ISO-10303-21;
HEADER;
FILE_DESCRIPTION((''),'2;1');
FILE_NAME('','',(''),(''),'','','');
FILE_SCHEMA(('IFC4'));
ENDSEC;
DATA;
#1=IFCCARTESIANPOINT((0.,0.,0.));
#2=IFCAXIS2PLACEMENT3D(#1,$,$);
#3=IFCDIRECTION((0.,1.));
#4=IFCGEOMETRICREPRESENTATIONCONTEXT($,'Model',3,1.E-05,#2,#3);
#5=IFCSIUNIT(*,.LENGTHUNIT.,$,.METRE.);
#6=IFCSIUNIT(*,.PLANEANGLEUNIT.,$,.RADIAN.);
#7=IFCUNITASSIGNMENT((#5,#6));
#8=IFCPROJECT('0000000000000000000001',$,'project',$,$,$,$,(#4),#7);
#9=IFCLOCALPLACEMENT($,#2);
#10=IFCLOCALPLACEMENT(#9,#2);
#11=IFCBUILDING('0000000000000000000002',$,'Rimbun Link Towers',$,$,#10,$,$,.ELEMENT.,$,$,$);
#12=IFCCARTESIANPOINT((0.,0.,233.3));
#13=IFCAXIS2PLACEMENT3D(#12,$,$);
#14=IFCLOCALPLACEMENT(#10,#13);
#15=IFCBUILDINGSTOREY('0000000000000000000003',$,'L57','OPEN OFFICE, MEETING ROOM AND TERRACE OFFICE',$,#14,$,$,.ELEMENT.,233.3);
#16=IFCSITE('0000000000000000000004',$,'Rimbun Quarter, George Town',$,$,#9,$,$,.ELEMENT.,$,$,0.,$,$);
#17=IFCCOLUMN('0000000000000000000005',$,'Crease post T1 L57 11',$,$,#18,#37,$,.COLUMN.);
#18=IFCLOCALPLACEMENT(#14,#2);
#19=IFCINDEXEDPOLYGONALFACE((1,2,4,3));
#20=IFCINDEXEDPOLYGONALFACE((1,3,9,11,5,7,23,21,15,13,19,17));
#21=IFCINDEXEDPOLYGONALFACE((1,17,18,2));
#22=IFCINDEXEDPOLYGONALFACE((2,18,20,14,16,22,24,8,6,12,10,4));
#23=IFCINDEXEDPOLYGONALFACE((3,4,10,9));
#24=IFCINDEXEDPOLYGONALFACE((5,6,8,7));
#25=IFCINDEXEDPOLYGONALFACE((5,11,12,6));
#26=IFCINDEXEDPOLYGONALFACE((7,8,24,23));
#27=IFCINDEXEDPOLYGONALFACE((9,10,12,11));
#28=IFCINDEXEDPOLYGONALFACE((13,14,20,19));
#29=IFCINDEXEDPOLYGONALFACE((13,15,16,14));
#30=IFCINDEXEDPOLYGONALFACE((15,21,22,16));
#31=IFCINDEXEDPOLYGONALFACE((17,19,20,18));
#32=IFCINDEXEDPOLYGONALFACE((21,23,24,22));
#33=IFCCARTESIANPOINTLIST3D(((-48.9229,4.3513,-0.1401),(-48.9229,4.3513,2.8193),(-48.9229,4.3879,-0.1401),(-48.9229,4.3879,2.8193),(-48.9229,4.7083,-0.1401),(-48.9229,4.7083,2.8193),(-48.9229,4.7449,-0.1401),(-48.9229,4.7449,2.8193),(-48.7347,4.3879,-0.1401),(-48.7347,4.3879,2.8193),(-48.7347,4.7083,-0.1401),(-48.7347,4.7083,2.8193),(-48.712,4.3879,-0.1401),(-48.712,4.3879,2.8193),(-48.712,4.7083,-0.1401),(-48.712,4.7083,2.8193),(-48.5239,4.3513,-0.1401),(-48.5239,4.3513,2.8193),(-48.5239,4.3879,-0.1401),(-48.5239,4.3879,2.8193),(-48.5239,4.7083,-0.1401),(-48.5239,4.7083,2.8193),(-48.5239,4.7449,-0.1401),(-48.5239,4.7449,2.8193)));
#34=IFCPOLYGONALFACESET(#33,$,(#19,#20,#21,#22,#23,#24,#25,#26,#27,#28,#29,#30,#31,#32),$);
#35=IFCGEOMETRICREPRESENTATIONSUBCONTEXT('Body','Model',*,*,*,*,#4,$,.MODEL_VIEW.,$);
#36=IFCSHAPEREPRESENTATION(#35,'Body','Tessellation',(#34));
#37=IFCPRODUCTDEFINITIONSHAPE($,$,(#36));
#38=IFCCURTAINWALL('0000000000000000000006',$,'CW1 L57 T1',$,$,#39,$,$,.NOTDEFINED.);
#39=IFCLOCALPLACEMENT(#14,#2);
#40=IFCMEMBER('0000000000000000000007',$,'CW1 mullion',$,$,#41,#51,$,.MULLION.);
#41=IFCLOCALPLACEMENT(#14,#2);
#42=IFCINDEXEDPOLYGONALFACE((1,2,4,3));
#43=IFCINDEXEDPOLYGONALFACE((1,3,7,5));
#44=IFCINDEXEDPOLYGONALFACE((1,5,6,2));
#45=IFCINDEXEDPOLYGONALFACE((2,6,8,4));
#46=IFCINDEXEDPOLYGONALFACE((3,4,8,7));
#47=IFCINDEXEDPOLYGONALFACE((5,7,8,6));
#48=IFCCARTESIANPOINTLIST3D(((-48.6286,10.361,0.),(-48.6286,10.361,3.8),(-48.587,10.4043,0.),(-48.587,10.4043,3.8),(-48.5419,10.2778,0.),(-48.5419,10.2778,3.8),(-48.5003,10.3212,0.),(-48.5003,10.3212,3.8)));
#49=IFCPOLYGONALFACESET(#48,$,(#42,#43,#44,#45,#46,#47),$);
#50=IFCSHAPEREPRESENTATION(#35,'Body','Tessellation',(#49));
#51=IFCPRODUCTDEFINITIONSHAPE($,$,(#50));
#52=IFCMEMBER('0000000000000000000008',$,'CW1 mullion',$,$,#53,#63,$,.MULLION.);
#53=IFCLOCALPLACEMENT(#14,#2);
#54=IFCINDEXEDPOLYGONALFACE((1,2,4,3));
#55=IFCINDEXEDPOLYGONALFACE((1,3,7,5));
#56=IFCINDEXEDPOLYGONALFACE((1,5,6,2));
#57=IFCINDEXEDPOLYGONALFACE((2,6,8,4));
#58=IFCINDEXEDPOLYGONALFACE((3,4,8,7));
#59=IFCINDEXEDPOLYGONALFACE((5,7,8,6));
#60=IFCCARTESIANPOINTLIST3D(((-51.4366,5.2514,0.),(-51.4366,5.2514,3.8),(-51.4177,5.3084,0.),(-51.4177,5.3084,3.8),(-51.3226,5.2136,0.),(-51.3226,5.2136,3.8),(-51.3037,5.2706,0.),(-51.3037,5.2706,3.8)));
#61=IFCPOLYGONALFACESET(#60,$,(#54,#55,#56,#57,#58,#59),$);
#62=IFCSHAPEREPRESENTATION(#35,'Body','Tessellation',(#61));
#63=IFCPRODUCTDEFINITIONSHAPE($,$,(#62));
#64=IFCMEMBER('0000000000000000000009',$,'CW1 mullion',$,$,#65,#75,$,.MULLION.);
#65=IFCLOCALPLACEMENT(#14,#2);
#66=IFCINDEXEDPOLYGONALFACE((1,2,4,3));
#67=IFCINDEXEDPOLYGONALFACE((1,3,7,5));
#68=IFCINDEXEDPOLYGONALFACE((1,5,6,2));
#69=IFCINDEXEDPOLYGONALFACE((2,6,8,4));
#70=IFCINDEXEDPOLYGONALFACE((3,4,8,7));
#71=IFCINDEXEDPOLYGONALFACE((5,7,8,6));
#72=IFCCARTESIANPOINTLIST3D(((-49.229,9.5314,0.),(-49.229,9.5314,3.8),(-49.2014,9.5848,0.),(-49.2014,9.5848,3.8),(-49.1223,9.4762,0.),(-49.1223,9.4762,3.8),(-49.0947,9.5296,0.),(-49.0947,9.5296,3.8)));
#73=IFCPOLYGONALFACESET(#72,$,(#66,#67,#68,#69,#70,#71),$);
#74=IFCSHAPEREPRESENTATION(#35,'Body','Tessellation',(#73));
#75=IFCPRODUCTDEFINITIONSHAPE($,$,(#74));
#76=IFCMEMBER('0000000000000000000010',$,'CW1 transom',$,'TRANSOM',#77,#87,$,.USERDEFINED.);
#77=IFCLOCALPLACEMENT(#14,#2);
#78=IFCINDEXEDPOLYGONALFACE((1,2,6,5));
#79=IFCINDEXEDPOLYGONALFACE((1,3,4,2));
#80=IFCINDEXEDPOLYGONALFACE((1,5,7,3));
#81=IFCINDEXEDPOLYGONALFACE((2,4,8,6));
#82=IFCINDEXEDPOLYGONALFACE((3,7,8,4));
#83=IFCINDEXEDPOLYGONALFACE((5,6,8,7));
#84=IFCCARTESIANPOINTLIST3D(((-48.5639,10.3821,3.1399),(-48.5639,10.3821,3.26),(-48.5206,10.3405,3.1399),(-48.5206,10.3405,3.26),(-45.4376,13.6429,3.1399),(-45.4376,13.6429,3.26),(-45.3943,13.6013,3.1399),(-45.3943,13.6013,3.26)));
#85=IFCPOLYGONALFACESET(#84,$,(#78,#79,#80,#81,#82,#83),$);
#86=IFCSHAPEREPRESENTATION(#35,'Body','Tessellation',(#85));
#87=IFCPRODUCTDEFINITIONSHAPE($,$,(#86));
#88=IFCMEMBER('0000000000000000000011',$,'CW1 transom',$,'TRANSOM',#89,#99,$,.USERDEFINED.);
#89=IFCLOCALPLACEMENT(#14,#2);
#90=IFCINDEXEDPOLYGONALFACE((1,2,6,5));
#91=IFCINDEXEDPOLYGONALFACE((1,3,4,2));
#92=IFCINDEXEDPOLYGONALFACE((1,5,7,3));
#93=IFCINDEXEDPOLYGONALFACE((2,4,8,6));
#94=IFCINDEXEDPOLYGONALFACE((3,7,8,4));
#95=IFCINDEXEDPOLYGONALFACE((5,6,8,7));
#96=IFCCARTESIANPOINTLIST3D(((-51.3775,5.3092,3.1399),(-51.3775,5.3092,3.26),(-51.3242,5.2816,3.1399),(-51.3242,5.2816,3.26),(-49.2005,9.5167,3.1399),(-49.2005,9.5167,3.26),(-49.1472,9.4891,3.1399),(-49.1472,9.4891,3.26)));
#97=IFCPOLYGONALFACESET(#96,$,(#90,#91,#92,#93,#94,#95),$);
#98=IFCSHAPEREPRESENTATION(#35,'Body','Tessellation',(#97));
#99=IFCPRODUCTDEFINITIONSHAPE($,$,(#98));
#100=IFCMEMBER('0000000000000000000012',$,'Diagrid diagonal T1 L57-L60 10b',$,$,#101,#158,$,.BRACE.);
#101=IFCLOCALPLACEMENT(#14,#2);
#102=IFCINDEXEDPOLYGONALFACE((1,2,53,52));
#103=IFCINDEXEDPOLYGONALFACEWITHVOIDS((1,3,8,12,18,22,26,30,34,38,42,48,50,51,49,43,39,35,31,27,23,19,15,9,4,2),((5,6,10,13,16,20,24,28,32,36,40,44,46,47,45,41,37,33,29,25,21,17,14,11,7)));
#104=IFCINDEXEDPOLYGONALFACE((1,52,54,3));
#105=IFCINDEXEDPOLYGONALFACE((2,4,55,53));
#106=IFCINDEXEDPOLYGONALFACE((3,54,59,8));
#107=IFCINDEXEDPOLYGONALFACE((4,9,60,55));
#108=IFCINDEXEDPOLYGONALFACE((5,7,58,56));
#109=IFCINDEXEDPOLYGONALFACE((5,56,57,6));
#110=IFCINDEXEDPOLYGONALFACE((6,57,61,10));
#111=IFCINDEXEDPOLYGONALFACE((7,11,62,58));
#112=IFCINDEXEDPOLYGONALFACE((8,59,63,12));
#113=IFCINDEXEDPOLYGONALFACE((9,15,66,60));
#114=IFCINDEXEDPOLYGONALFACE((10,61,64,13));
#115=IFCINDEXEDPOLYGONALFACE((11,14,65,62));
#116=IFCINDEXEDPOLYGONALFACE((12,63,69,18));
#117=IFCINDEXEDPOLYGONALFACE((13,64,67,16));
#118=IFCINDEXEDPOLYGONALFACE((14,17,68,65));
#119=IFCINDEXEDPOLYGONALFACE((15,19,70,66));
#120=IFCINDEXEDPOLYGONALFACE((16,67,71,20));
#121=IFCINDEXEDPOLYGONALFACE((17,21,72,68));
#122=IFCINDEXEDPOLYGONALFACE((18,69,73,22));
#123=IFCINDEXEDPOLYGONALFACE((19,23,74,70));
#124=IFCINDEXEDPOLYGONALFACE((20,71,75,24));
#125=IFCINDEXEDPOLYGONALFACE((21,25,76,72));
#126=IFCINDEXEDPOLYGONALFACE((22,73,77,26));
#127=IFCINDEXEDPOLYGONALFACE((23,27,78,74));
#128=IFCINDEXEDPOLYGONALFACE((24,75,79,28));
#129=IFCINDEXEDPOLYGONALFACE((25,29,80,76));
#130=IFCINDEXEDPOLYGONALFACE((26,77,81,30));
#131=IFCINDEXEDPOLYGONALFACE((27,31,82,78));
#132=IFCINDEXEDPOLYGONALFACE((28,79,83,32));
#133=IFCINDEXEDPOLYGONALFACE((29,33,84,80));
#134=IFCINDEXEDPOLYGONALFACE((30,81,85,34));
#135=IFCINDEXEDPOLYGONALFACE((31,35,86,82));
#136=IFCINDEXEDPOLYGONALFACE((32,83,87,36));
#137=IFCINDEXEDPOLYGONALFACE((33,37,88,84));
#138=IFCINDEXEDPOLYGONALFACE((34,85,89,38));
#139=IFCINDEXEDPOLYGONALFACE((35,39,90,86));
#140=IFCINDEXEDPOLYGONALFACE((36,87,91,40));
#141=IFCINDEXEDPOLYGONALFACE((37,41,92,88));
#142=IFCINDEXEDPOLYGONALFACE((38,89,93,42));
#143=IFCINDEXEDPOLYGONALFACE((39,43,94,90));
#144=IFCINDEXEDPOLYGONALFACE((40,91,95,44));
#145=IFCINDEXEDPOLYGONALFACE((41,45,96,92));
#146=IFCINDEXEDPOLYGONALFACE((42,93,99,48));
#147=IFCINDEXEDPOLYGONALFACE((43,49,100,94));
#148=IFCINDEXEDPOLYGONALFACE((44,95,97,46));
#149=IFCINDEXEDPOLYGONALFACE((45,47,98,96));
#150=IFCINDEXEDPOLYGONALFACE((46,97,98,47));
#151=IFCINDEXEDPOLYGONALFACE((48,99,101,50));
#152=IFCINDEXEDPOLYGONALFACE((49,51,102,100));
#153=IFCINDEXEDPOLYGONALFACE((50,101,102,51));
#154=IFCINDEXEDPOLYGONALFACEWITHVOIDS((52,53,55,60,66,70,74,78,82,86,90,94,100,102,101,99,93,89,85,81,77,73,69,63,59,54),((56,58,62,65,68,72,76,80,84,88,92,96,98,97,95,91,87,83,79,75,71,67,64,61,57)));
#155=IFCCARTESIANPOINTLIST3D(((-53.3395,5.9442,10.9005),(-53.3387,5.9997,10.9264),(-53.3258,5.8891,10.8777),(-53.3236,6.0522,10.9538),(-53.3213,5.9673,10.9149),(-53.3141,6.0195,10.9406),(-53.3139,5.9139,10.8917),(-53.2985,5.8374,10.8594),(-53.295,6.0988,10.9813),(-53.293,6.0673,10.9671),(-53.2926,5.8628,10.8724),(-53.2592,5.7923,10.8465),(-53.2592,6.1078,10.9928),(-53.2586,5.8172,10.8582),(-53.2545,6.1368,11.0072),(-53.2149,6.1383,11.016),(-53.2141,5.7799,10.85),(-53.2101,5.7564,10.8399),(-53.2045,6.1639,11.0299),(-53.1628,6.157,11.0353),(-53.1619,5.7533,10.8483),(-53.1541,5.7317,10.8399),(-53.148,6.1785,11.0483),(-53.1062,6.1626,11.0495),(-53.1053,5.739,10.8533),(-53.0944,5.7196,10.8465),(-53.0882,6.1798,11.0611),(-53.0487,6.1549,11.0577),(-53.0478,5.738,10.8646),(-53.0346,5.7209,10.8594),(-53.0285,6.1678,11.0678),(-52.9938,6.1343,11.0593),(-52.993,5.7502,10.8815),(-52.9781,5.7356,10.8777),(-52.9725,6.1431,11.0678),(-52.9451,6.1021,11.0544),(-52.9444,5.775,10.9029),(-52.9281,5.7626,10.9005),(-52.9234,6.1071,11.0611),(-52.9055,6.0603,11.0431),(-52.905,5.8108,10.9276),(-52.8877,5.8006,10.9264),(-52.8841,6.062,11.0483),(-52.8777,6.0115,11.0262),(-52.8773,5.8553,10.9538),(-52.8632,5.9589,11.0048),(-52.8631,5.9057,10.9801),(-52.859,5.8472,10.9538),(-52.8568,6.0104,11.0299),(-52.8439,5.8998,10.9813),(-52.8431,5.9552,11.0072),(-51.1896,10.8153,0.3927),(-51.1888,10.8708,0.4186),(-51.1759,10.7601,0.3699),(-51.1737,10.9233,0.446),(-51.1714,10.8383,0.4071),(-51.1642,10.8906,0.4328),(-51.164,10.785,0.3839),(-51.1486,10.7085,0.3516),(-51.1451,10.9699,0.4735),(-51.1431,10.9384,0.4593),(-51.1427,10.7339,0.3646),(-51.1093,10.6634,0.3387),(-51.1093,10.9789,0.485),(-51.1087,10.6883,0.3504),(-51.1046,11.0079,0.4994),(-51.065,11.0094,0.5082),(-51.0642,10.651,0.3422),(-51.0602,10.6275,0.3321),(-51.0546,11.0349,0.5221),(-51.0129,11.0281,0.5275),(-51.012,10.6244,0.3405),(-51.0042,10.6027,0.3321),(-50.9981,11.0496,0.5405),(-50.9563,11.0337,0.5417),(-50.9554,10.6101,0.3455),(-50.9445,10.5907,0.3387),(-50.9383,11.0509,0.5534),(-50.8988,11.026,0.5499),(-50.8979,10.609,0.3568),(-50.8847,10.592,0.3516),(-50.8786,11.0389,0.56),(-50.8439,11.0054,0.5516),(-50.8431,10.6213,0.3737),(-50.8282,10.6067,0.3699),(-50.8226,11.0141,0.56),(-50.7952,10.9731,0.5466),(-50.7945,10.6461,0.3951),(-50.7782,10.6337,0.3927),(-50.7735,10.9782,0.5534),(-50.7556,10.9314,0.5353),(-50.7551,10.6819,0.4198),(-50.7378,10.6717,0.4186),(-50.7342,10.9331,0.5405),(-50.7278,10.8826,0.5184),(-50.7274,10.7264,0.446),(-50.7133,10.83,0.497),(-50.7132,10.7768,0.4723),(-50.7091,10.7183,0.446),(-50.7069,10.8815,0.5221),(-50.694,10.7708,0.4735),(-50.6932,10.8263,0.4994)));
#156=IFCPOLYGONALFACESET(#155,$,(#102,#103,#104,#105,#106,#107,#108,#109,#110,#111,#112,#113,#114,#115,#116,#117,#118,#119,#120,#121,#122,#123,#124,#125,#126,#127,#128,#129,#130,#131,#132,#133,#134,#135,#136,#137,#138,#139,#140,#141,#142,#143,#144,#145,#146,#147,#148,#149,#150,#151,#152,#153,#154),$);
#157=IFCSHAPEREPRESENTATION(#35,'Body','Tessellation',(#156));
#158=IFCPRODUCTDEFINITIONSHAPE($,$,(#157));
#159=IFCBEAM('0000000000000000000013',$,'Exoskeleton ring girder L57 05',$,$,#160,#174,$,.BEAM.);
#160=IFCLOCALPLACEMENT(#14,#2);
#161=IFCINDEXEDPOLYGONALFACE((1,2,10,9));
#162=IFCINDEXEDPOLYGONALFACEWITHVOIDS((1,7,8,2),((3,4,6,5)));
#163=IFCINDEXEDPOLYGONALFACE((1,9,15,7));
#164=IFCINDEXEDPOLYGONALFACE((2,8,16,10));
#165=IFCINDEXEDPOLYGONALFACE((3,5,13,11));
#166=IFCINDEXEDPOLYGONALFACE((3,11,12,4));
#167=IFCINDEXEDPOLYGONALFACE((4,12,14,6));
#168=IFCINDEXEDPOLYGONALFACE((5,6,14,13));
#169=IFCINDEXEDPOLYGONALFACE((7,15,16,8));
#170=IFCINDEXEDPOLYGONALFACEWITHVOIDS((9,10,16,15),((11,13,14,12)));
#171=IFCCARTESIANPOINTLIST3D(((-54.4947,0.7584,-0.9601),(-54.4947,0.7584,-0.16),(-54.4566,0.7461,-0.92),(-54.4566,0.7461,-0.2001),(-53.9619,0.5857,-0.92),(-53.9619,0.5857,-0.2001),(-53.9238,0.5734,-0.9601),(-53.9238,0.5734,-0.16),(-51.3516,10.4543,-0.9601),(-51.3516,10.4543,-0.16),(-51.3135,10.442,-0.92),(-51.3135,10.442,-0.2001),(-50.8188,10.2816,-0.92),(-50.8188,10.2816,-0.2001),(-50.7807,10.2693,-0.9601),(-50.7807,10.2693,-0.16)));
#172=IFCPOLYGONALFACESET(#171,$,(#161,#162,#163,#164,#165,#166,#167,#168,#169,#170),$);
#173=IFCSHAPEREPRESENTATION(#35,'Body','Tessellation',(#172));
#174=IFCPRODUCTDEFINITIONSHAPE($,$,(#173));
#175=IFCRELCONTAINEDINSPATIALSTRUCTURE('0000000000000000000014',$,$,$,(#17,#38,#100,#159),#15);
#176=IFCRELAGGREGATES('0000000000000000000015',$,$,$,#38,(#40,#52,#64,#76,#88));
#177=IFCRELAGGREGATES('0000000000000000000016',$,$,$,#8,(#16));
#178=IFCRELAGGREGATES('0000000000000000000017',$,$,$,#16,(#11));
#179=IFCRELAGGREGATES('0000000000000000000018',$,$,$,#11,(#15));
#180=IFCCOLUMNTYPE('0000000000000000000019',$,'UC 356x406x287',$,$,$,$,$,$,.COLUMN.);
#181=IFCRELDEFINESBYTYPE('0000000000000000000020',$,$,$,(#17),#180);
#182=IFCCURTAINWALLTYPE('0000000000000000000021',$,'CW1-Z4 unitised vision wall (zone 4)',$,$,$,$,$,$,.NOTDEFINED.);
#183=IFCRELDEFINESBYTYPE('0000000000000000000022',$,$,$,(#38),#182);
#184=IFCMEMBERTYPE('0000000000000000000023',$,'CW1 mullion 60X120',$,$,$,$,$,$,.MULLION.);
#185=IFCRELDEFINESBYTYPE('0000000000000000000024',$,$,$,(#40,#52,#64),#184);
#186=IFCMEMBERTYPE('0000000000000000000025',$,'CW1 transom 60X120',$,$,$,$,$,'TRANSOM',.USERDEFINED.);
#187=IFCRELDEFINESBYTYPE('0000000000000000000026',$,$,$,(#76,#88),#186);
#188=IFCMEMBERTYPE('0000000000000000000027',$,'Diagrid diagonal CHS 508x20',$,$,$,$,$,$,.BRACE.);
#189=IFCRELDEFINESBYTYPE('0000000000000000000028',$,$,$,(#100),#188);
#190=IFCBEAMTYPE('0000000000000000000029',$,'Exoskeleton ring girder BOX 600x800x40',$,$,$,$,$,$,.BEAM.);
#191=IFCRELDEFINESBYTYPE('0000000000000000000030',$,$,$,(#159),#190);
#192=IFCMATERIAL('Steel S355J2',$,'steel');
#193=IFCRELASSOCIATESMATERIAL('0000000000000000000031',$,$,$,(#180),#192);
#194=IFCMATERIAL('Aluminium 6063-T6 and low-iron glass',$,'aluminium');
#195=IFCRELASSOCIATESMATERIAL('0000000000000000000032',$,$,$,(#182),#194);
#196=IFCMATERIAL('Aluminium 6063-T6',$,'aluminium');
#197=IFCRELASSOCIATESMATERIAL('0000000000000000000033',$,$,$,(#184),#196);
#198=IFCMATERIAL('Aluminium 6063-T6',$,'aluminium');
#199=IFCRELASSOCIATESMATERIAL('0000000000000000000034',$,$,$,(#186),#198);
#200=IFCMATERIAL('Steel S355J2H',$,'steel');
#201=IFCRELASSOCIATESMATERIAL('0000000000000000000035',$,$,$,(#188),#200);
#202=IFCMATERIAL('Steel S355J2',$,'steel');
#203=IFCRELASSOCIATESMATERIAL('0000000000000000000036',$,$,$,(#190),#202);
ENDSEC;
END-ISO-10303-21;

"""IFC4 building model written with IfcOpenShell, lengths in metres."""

from ifc_helpers import new_model, si_unit, direction, frame, origin, origin_2d, place, context, subcontext, project, spatial, rectangle, hollow_rectangle, hollow_circle, i_section, extrude, material, material_profile, profile_set, type_object, element, aggregate, save


model = new_model("IFC4")

# Units and contexts
model_context = context("Model", 3, precision=1e-05, world=origin(), true_north=direction((0.0, 1.0)))
body_context = subcontext(model_context, "Body", "Model", "MODEL_VIEW")
ifc_project = project(units=[si_unit("LENGTHUNIT", "METRE"), si_unit("PLANEANGLEUNIT", "RADIAN")], contexts=[model_context])

# Site, building, storey
site_placement = place(None, origin())
site = spatial("IfcSite", under=ifc_project, at=site_placement, Name="Rimbun Quarter, George Town", CompositionType="ELEMENT", RefElevation=0.0)
building_placement = place(site_placement, origin())
building = spatial("IfcBuilding", under=site, at=building_placement, Name="Rimbun Link Towers", CompositionType="ELEMENT")
storey_placement = place(building_placement, frame((0.0, 0.0, 233.3)))
storey = spatial("IfcBuildingStorey", under=building, at=storey_placement, Name="L57", Description="OPEN OFFICE, MEETING ROOM AND TERRACE OFFICE", CompositionType="ELEMENT", Elevation=233.3)

# Column
ifc_material_1 = material(Name="Steel S355J2", Category="steel")
ifc_material_profile_1 = material_profile(ifc_material_1, i_section(OverallWidth=0.3989, OverallDepth=0.3936, WebThickness=0.0227, FlangeThickness=0.0366, at=origin_2d()), Name="UC 356x406x287")
ifc_profile_set_1 = profile_set([ifc_material_profile_1], Name="Steel S355J2")
column_type = type_object("IfcColumnType", Name="UC 356x406x287", PredefinedType="COLUMN", material=ifc_profile_set_1)
column_placement = place(storey_placement, frame((-48.7234, 4.5481, -0.1401), z_axis=(0.0, 0.0, 1.0), x_axis=(1.0, 0.0, 0.0)))
element("IfcColumn", 1, at=column_placement, inside=storey, type_object=column_type, Name="Crease post T1 L57 11", PredefinedType="COLUMN", context=body_context, shape_type="SweptSolid", body=[
    extrude(i_section(OverallWidth=0.3989, OverallDepth=0.3936, WebThickness=0.0227, FlangeThickness=0.0366, at=origin_2d()), origin(), (0.0, 0.0, 1.0), 2.9595),
])

# Curtain wall, members
ifc_material_2 = material(Name="Aluminium 6063-T6 and low-iron glass", Category="aluminium")
curtain_wall_type = type_object("IfcCurtainWallType", Name="CW1-Z4 unitised vision wall (zone 4)", PredefinedType="NOTDEFINED", material=ifc_material_2)
curtain_wall_placement = place(storey_placement, origin())
curtain_wall = element("IfcCurtainWall", 2, at=curtain_wall_placement, inside=storey, type_object=curtain_wall_type, Name="CW1 L57 T1", PredefinedType="NOTDEFINED")
ifc_material_3 = material(Name="Aluminium 6063-T6", Category="aluminium")
ifc_material_profile_2 = material_profile(ifc_material_3, rectangle(XDim=0.1201, YDim=0.0601, at=origin_2d()), Name="MULLION 60X120")
ifc_profile_set_2 = profile_set([ifc_material_profile_2], Name="Aluminium 6063-T6")
member_type_1 = type_object("IfcMemberType", Name="CW1 mullion 60X120", PredefinedType="MULLION", material=ifc_profile_set_2)
member_1_placement = place(storey_placement, frame((-48.5645, 10.3411, 0.0), z_axis=(0.0, 0.0, 1.0), x_axis=(-0.721842, 0.692058, 0.0)))
member_1 = element("IfcMember", 3, at=member_1_placement, type_object=member_type_1, Name="CW1 mullion", PredefinedType="MULLION", context=body_context, shape_type="SweptSolid", body=[
    extrude(rectangle(XDim=0.1201, YDim=0.0601, at=origin_2d()), origin(), (0.0, 0.0, 1.0), 3.8),
])
member_2_placement = place(storey_placement, frame((-51.3701, 5.261, 0.0), z_axis=(0.0, 0.0, 1.0), x_axis=(-0.949161, 0.31479, 0.0)))
member_2 = element("IfcMember", 4, at=member_2_placement, type_object=member_type_1, Name="CW1 mullion", PredefinedType="MULLION", context=body_context, shape_type="SweptSolid", body=[
    extrude(rectangle(XDim=0.1201, YDim=0.0601, at=origin_2d()), origin(), (0.0, 0.0, 1.0), 3.8),
])
member_3_placement = place(storey_placement, frame((-49.1619, 9.5305, 0.0), z_axis=(0.0, 0.0, 1.0), x_axis=(-0.888152, 0.45955, 0.0)))
member_3 = element("IfcMember", 5, at=member_3_placement, type_object=member_type_1, Name="CW1 mullion", PredefinedType="MULLION", context=body_context, shape_type="SweptSolid", body=[
    extrude(rectangle(XDim=0.1201, YDim=0.0601, at=origin_2d()), origin(), (0.0, 0.0, 1.0), 3.8),
])
ifc_material_4 = material(Name="Aluminium 6063-T6", Category="aluminium")
ifc_material_profile_3 = material_profile(ifc_material_4, rectangle(XDim=0.0601, YDim=0.1201, at=origin_2d()), Name="TRANSOM 60X120")
ifc_profile_set_3 = profile_set([ifc_material_profile_3], Name="Aluminium 6063-T6")
member_type_2 = type_object("IfcMemberType", Name="CW1 transom 60X120", ElementType="TRANSOM", PredefinedType="USERDEFINED", material=ifc_profile_set_3)
member_4_placement = place(storey_placement, frame((-48.5422, 10.3613, 3.2), z_axis=(0.69206, 0.72184, 0.0), x_axis=(-0.72184, 0.69206, 0.0)))
member_4 = element("IfcMember", 6, at=member_4_placement, type_object=member_type_2, Name="CW1 transom", ObjectType="TRANSOM", PredefinedType="USERDEFINED", context=body_context, shape_type="SweptSolid", body=[
    extrude(rectangle(XDim=0.0601, YDim=0.1201, at=origin_2d()), origin(), (0.0, 0.0, 1.0), 4.5173),
])
member_5_placement = place(storey_placement, frame((-51.3508, 5.2954, 3.2), z_axis=(0.459539, 0.888157, 0.0), x_axis=(-0.888157, 0.459539, 0.0)))
member_5 = element("IfcMember", 7, at=member_5_placement, type_object=member_type_2, Name="CW1 transom", ObjectType="TRANSOM", PredefinedType="USERDEFINED", context=body_context, shape_type="SweptSolid", body=[
    extrude(rectangle(XDim=0.0601, YDim=0.1201, at=origin_2d()), origin(), (0.0, 0.0, 1.0), 4.7373),
])

# Member
ifc_material_5 = material(Name="Steel S355J2H", Category="steel")
ifc_material_profile_4 = material_profile(ifc_material_5, hollow_circle(Radius=0.2539, WallThickness=0.02, at=origin_2d()), Name="Diagrid diagonal CHS 508x20")
ifc_profile_set_4 = profile_set([ifc_material_profile_4], Name="Steel S355J2H")
member_type_3 = type_object("IfcMemberType", Name="Diagrid diagonal CHS 508x20", PredefinedType="BRACE", material=ifc_profile_set_4)
member_6_placement = place(storey_placement, frame((-50.9414, 10.8208, 0.446), z_axis=(-0.182507, -0.413512, 0.892019), x_axis=(0.914856, -0.40378, 0.0)))
element("IfcMember", 8, at=member_6_placement, inside=storey, type_object=member_type_3, Name="Diagrid diagonal T1 L57-L60 10b", PredefinedType="BRACE", context=body_context, shape_type="SweptSolid", body=[
    extrude(hollow_circle(Radius=0.2539, WallThickness=0.02, at=origin_2d()), origin(), (0.0, 0.0, 1.0), 11.7798),
])

# Beam
ifc_material_6 = material(Name="Steel S355J2", Category="steel")
ifc_material_profile_5 = material_profile(ifc_material_6, hollow_rectangle(XDim=0.6001, YDim=0.8, WallThickness=0.04, at=origin_2d()), Name="Exoskeleton ring girder BOX 600x800x40")
ifc_profile_set_5 = profile_set([ifc_material_profile_5], Name="Steel S355J2")
beam_type_1 = type_object("IfcBeamType", Name="Exoskeleton ring girder BOX 600x800x40", PredefinedType="BEAM", material=ifc_profile_set_5)
beam_1_placement = place(storey_placement, frame((-51.0662, 10.3618, -0.5601), z_axis=(-0.30837, -0.951267, 0.0), x_axis=(0.951267, -0.30837, 0.0)))
element("IfcBeam", 9, at=beam_1_placement, inside=storey, type_object=beam_type_1, Name="Exoskeleton ring girder L57 05", PredefinedType="BEAM", context=body_context, shape_type="SweptSolid", body=[
    extrude(hollow_rectangle(XDim=0.6001, YDim=0.8, WallThickness=0.04, at=origin_2d()), origin(), (0.0, 0.0, 1.0), 10.1926),
])

aggregate(curtain_wall, [member_1, member_2, member_3, member_4, member_5])

save(model, "model.ifc")
